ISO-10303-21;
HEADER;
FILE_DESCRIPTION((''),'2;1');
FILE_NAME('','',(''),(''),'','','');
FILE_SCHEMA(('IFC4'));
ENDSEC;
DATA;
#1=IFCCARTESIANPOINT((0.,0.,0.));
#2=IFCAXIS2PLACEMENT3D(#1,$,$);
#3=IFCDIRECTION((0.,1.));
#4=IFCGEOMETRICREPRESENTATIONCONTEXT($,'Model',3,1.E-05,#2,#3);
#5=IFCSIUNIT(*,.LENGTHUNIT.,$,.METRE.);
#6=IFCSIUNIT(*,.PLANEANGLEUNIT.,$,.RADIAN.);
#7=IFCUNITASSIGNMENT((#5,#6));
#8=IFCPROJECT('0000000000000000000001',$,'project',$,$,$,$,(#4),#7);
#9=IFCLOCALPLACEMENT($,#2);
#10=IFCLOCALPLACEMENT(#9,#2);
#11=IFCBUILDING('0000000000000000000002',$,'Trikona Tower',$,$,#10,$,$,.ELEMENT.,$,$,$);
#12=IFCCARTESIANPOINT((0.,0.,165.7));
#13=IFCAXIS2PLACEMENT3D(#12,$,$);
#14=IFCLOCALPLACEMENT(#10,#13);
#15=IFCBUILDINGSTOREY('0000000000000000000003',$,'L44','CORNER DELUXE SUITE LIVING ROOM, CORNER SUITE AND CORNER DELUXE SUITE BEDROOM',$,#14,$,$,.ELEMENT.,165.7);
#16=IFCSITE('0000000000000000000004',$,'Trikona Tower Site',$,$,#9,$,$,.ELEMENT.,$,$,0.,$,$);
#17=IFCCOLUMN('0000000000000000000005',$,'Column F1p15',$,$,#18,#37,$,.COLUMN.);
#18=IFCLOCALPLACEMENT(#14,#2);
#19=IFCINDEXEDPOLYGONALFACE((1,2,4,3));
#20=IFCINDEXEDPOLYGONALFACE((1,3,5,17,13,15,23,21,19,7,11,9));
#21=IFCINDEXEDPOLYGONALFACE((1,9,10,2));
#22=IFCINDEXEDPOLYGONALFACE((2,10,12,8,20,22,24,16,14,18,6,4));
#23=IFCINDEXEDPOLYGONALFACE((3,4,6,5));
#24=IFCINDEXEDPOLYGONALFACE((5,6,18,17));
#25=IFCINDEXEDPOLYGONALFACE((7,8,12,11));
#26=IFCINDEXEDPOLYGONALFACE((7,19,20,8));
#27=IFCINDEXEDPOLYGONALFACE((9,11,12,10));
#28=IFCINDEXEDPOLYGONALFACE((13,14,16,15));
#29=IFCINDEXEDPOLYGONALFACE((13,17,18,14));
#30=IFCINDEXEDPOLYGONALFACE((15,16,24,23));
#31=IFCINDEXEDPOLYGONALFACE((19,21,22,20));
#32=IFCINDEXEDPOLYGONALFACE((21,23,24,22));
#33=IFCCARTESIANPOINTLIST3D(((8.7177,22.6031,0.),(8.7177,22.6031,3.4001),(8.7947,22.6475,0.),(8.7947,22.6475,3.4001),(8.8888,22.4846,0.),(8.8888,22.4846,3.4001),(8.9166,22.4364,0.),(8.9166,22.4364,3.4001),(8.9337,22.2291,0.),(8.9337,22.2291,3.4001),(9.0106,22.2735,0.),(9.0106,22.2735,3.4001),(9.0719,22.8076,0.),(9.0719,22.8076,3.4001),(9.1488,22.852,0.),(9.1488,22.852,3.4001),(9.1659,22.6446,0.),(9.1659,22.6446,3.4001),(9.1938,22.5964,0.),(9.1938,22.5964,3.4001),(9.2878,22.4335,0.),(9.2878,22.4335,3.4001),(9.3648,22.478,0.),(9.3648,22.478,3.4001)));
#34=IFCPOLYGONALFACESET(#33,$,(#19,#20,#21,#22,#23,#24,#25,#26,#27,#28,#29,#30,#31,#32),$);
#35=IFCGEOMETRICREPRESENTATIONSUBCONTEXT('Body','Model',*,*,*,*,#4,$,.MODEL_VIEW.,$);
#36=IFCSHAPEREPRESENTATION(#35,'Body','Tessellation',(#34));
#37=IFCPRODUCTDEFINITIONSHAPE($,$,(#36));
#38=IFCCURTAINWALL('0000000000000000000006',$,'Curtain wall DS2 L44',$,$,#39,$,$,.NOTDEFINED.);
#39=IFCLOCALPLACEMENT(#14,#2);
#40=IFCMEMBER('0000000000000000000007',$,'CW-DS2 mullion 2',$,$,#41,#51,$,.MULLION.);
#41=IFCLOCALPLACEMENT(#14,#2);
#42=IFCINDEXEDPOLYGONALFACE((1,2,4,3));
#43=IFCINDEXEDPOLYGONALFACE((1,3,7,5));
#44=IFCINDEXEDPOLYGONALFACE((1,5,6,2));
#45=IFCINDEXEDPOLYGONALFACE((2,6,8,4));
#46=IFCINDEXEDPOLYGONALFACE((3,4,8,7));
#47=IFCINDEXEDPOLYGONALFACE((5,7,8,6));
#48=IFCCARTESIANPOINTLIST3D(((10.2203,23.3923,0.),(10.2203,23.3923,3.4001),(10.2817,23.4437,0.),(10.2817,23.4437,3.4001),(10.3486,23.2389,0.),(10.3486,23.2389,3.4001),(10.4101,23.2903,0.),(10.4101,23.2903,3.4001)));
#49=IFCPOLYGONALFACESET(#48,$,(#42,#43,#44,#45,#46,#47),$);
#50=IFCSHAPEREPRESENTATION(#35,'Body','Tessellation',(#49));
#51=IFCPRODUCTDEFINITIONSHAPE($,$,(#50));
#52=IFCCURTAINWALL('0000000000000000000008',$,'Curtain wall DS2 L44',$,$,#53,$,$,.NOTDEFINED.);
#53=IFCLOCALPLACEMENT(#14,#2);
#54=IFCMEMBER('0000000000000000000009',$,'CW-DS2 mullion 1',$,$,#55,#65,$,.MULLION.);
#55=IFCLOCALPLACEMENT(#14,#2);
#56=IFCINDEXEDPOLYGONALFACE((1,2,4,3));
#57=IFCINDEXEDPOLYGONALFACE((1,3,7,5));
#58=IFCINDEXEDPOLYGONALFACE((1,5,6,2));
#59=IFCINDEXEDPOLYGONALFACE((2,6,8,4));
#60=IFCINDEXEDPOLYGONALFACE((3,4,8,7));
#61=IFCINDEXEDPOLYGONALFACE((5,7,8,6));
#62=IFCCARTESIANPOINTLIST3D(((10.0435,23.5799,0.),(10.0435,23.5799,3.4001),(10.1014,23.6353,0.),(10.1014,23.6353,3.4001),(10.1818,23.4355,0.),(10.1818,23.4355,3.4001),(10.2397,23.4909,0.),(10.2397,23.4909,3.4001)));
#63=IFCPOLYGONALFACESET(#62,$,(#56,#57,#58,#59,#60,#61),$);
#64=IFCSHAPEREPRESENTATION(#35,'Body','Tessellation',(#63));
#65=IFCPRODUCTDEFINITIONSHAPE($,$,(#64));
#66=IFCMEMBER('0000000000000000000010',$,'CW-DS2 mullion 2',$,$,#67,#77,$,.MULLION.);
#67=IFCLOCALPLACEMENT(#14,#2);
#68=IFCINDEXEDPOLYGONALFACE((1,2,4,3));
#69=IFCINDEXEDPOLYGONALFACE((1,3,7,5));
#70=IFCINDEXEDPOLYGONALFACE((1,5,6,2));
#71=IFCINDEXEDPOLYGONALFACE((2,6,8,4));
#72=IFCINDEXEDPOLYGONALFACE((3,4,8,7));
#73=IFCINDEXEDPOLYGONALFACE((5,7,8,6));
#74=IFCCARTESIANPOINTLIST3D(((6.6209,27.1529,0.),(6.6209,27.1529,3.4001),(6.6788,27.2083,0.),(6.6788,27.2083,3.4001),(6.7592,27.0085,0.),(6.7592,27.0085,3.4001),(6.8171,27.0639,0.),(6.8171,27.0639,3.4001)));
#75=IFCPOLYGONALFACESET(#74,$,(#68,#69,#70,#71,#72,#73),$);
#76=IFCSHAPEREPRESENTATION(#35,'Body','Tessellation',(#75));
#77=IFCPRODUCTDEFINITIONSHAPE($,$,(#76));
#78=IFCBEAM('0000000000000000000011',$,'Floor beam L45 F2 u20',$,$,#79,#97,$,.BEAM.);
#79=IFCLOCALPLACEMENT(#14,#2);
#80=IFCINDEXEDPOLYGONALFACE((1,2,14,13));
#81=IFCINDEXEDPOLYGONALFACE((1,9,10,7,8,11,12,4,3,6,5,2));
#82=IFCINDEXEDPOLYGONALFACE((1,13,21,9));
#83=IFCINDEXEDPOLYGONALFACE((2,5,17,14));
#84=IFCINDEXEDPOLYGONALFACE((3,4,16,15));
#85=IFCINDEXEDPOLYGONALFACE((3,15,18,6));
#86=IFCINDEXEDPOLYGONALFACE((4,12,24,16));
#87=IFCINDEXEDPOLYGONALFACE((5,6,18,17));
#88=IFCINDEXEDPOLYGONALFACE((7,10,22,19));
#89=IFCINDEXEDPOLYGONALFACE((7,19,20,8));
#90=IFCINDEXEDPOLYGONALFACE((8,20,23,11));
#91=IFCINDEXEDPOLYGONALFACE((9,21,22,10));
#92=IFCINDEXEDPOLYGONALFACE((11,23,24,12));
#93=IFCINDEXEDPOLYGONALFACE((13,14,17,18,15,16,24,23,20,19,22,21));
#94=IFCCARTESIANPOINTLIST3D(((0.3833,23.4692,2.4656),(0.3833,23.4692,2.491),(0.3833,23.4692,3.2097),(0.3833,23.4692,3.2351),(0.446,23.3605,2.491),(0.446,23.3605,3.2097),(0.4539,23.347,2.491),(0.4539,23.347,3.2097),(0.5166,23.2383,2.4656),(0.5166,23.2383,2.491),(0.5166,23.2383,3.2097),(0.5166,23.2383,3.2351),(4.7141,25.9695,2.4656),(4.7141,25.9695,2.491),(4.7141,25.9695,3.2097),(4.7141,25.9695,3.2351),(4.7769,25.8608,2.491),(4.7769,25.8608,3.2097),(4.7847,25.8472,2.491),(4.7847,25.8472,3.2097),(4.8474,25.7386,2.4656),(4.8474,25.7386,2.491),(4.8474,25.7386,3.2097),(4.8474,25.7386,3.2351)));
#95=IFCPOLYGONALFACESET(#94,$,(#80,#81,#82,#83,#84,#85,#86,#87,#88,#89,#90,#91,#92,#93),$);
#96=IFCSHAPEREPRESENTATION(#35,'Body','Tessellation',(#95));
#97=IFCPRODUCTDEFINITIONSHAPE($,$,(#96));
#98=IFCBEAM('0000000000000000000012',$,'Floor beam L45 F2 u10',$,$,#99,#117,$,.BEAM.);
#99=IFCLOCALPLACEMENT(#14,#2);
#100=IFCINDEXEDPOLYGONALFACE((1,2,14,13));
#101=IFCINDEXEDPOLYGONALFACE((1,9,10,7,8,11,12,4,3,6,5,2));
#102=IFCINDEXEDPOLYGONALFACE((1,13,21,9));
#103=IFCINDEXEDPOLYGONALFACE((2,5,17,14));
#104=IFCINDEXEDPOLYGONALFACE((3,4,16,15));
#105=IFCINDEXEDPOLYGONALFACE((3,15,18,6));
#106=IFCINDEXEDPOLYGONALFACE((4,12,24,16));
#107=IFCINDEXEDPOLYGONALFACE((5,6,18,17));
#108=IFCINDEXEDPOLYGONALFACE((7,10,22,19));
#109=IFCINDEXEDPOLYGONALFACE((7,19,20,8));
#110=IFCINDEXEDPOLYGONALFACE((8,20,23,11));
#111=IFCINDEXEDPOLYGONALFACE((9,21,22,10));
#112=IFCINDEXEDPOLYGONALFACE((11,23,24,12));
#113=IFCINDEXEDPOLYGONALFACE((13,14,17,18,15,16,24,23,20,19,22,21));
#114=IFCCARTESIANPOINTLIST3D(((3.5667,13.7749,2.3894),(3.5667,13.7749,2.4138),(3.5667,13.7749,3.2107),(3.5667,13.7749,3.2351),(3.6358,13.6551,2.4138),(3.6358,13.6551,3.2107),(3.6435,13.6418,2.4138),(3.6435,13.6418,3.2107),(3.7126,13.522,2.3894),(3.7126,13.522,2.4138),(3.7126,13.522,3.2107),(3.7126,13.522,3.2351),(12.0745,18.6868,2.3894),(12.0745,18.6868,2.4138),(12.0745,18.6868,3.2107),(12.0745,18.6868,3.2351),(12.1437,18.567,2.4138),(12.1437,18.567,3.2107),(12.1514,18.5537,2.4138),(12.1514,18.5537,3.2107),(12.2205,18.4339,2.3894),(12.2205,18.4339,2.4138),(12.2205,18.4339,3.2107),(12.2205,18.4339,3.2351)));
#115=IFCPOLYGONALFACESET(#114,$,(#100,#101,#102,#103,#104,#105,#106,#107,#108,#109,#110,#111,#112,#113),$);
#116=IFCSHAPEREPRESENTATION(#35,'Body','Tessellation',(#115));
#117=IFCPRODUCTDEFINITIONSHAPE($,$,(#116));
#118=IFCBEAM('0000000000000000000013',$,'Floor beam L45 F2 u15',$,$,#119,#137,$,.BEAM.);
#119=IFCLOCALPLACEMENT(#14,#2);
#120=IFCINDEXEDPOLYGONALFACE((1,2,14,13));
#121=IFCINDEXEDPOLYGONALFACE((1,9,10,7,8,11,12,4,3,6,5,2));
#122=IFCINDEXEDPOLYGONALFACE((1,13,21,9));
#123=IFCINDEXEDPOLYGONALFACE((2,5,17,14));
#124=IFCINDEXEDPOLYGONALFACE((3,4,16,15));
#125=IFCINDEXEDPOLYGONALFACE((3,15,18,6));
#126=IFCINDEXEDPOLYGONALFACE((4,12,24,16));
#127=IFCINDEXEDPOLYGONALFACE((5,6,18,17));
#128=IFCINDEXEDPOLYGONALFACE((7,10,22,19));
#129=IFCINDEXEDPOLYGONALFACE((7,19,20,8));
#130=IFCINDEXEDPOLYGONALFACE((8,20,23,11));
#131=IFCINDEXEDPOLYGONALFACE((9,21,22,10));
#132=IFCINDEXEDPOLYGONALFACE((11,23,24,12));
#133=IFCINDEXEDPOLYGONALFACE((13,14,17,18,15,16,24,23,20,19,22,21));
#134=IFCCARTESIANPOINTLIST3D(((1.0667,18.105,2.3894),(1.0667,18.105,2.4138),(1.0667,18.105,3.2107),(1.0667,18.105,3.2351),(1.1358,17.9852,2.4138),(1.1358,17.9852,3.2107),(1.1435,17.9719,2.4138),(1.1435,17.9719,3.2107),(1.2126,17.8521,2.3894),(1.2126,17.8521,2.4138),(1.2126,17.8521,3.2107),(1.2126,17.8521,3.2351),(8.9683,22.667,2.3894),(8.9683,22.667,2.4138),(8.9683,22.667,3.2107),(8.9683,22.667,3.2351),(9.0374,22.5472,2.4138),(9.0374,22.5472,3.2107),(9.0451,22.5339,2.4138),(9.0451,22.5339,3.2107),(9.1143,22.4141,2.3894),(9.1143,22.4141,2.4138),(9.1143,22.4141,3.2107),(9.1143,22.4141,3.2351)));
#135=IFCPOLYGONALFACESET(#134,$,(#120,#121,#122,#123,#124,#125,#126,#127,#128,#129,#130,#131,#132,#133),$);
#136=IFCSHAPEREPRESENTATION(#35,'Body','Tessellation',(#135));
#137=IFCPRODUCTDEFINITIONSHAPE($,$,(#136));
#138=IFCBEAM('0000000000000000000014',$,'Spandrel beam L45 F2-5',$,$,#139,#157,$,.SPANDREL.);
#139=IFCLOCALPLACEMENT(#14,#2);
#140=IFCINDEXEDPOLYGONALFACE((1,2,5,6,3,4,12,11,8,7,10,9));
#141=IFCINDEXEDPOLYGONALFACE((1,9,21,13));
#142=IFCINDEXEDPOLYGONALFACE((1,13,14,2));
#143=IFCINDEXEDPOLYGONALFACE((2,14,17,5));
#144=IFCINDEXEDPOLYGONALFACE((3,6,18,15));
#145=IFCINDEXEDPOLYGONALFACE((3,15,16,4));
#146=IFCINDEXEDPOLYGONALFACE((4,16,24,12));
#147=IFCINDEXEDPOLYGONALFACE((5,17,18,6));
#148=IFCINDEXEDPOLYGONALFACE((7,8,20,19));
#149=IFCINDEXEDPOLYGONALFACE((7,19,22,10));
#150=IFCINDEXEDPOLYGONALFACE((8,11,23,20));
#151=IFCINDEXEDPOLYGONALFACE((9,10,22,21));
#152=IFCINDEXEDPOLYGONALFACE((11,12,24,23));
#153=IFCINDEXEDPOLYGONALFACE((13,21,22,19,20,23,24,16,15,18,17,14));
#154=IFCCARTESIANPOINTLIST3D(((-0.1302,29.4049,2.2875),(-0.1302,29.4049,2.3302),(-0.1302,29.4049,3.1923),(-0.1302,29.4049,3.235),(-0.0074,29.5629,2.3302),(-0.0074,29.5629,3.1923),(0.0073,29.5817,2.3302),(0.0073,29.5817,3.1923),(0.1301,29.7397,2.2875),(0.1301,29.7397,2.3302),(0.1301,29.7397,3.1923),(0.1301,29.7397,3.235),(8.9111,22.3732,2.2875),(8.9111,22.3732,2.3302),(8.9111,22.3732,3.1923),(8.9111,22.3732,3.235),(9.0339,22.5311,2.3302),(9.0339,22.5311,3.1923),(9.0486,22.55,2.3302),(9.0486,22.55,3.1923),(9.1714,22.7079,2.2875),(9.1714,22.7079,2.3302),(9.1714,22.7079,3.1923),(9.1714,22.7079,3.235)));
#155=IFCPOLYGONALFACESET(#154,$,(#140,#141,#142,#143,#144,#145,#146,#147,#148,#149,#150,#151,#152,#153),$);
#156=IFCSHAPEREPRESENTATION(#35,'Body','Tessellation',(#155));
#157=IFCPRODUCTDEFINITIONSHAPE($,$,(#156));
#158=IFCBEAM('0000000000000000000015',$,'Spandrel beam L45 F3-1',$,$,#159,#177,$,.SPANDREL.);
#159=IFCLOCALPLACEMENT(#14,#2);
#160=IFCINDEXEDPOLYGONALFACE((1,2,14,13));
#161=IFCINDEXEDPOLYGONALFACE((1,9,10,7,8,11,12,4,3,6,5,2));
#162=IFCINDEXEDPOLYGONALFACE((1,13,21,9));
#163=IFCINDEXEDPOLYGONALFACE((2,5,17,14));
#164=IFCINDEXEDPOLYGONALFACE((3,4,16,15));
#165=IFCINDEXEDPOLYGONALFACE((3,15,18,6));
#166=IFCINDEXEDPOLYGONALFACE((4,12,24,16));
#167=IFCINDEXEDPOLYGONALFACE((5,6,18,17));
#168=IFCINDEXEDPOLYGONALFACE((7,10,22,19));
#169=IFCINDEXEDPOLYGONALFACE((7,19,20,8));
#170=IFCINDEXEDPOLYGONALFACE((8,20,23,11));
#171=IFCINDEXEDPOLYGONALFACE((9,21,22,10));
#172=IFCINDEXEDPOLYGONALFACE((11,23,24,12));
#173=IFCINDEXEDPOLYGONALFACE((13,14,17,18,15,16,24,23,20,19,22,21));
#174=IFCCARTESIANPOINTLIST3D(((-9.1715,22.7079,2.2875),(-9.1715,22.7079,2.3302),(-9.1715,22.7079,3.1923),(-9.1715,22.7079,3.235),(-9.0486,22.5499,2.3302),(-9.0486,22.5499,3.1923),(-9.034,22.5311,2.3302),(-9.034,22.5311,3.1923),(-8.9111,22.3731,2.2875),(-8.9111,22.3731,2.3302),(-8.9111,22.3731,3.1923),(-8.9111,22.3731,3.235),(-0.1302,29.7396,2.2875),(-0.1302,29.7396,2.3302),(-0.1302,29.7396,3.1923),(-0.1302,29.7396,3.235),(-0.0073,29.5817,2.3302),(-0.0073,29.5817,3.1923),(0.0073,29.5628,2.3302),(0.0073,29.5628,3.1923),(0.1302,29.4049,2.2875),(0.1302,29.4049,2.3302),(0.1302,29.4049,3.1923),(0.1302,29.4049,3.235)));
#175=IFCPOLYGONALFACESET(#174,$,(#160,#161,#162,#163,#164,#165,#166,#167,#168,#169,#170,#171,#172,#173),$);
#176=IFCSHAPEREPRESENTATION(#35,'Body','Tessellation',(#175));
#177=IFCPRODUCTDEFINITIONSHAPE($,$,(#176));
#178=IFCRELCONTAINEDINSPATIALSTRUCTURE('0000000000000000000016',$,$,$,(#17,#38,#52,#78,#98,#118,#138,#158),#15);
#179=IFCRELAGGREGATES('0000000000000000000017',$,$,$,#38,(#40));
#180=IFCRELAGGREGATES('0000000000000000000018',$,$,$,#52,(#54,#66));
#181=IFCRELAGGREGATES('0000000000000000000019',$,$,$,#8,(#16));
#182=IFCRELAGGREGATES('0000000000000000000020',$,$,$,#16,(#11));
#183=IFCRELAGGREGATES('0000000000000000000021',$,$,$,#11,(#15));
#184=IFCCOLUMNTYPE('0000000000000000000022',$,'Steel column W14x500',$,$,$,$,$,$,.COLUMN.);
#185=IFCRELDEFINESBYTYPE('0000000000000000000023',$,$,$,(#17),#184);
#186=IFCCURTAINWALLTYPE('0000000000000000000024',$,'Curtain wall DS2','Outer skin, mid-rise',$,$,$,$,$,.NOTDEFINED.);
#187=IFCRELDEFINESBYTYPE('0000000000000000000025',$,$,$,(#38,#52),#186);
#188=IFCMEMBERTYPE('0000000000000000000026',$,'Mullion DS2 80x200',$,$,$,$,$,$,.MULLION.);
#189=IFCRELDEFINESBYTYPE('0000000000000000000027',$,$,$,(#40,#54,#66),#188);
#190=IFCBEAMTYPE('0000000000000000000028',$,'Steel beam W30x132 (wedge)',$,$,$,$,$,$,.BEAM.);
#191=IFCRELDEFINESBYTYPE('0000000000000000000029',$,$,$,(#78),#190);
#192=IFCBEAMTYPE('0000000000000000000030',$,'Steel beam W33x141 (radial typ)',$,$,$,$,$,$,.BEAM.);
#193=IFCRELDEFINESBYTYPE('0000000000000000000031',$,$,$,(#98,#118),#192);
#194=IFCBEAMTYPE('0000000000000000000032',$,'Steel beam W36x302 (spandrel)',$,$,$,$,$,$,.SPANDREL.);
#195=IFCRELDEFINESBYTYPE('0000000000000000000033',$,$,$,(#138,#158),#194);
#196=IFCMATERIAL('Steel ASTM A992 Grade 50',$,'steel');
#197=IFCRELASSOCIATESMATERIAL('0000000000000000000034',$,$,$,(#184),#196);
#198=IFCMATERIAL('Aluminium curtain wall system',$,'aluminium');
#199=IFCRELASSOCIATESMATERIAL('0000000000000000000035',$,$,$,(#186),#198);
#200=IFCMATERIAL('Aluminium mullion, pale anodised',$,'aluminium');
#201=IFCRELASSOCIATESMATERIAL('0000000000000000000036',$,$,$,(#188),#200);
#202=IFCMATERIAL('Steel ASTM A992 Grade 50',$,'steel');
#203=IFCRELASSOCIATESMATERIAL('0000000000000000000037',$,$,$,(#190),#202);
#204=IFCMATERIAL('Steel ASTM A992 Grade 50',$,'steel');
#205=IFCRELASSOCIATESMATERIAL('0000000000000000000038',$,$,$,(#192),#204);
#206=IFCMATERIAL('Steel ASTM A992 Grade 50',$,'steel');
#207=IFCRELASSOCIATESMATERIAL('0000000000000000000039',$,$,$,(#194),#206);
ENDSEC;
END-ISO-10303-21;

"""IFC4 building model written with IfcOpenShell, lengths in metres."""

from ifc_helpers import new_model, si_unit, direction, frame, origin, origin_2d, place, context, subcontext, project, spatial, rectangle, i_section, extrude, material, material_profile, profile_set, type_object, element, aggregate, save


model = new_model("IFC4")

# Units and contexts
model_context = context("Model", 3, precision=1e-05, world=origin(), true_north=direction((0.0, 1.0)))
body_context = subcontext(model_context, "Body", "Model", "MODEL_VIEW")
ifc_project = project(units=[si_unit("LENGTHUNIT", "METRE"), si_unit("PLANEANGLEUNIT", "RADIAN")], contexts=[model_context])

# Site, building, storey
site_placement = place(None, origin())
site = spatial("IfcSite", under=ifc_project, at=site_placement, Name="Trikona Tower Site", CompositionType="ELEMENT", RefElevation=0.0)
building_placement = place(site_placement, origin())
building = spatial("IfcBuilding", under=site, at=building_placement, Name="Trikona Tower", CompositionType="ELEMENT")
storey_placement = place(building_placement, frame((0.0, 0.0, 165.7)))
storey = spatial("IfcBuildingStorey", under=building, at=storey_placement, Name="L44", Description="CORNER DELUXE SUITE LIVING ROOM, CORNER SUITE AND CORNER DELUXE SUITE BEDROOM", CompositionType="ELEMENT", Elevation=165.7)

# Column
ifc_material_1 = material(Name="Steel ASTM A992 Grade 50", Category="steel")
ifc_material_profile_1 = material_profile(ifc_material_1, i_section(OverallWidth=0.4319, OverallDepth=0.4978, WebThickness=0.0557, FlangeThickness=0.0889, at=origin_2d()), Name="W14X500")
ifc_profile_set_1 = profile_set([ifc_material_profile_1], Name="Steel ASTM A992 Grade 50")
column_type = type_object("IfcColumnType", Name="Steel column W14x500", PredefinedType="COLUMN", material=ifc_profile_set_1)
column_placement = place(storey_placement, frame((9.0413, 22.5405, 0.0), z_axis=(0.0, 0.0, 1.0), x_axis=(-0.5, 0.866025, 0.0)))
element("IfcColumn", 1, at=column_placement, inside=storey, type_object=column_type, Name="Column F1p15", PredefinedType="COLUMN", context=body_context, shape_type="SweptSolid", body=[
    extrude(i_section(OverallWidth=0.4319, OverallDepth=0.4978, WebThickness=0.0557, FlangeThickness=0.0889, at=origin_2d()), origin(), (0.0, 0.0, 1.0), 3.4001),
])

# Curtain wall, member
ifc_material_2 = material(Name="Aluminium curtain wall system", Category="aluminium")
curtain_wall_type = type_object("IfcCurtainWallType", Name="Curtain wall DS2", Description="Outer skin, mid-rise", PredefinedType="NOTDEFINED", material=ifc_material_2)
curtain_wall_1_placement = place(storey_placement, origin())
curtain_wall_1 = element("IfcCurtainWall", 2, at=curtain_wall_1_placement, inside=storey, type_object=curtain_wall_type, Name="Curtain wall DS2 L44", PredefinedType="NOTDEFINED")
ifc_material_3 = material(Name="Aluminium mullion, pale anodised", Category="aluminium")
ifc_material_profile_2 = material_profile(ifc_material_3, rectangle(XDim=0.0801, YDim=0.2, at=origin_2d()), Name="MUL-DS2")
ifc_profile_set_2 = profile_set([ifc_material_profile_2], Name="Aluminium mullion, pale anodised")
member_type_1 = type_object("IfcMemberType", Name="Mullion DS2 80x200", PredefinedType="MULLION", material=ifc_profile_set_2)
member_1_placement = place(storey_placement, frame((10.3152, 23.3413, 0.0), z_axis=(0.0, 0.0, 1.0), x_axis=(-0.766867, -0.641806, 0.0)))
member_1 = element("IfcMember", 3, at=member_1_placement, type_object=member_type_1, Name="CW-DS2 mullion 2", PredefinedType="MULLION", context=body_context, shape_type="SweptSolid", body=[
    extrude(rectangle(XDim=0.0801, YDim=0.2, at=origin_2d()), origin(), (0.0, 0.0, 1.0), 3.4001),
])
aggregate(curtain_wall_1, [member_1])

# Curtain wall, members
curtain_wall_2_placement = place(storey_placement, origin())
curtain_wall_2 = element("IfcCurtainWall", 4, at=curtain_wall_2_placement, inside=storey, type_object=curtain_wall_type, Name="Curtain wall DS2 L44", PredefinedType="NOTDEFINED")
member_2_placement = place(storey_placement, frame((10.1416, 23.5354, 0.0), z_axis=(0.0, 0.0, 1.0), x_axis=(-0.722158, -0.691728, 0.0)))
member_2 = element("IfcMember", 5, at=member_2_placement, type_object=member_type_1, Name="CW-DS2 mullion 1", PredefinedType="MULLION", context=body_context, shape_type="SweptSolid", body=[
    extrude(rectangle(XDim=0.0801, YDim=0.2, at=origin_2d()), origin(), (0.0, 0.0, 1.0), 3.4001),
])
member_3_placement = place(storey_placement, frame((6.719, 27.1084, 0.0), z_axis=(0.0, 0.0, 1.0), x_axis=(-0.722158, -0.691728, 0.0)))
member_3 = element("IfcMember", 6, at=member_3_placement, type_object=member_type_1, Name="CW-DS2 mullion 2", PredefinedType="MULLION", context=body_context, shape_type="SweptSolid", body=[
    extrude(rectangle(XDim=0.0801, YDim=0.2, at=origin_2d()), origin(), (0.0, 0.0, 1.0), 3.4001),
])

# Beams
ifc_material_4 = material(Name="Steel ASTM A992 Grade 50", Category="steel")
ifc_material_profile_3 = material_profile(ifc_material_4, i_section(OverallWidth=0.2666, OverallDepth=0.7695, WebThickness=0.0156, FlangeThickness=0.0254, at=origin_2d()), Name="W30X132")
ifc_profile_set_3 = profile_set([ifc_material_profile_3], Name="Steel ASTM A992 Grade 50")
beam_type_1 = type_object("IfcBeamType", Name="Steel beam W30x132 (wedge)", PredefinedType="BEAM", material=ifc_profile_set_3)
beam_1_placement = place(storey_placement, frame((0.45, 23.3538, 2.8503), z_axis=(0.866038, 0.499977, 0.0), x_axis=(-0.499977, 0.866038, 0.0)))
element("IfcBeam", 7, at=beam_1_placement, inside=storey, type_object=beam_type_1, Name="Floor beam L45 F2 u20", PredefinedType="BEAM", context=body_context, shape_type="SweptSolid", body=[
    extrude(i_section(OverallWidth=0.2666, OverallDepth=0.7695, WebThickness=0.0156, FlangeThickness=0.0254, at=origin_2d()), origin(), (0.0, 0.0, 1.0), 5.0007),
])
ifc_material_5 = material(Name="Steel ASTM A992 Grade 50", Category="steel")
ifc_material_profile_4 = material_profile(ifc_material_5, i_section(OverallWidth=0.292, OverallDepth=0.8457, WebThickness=0.0154, FlangeThickness=0.0244, at=origin_2d()), Name="W33X141")
ifc_profile_set_4 = profile_set([ifc_material_profile_4], Name="Steel ASTM A992 Grade 50")
beam_type_2 = type_object("IfcBeamType", Name="Steel beam W33x141 (radial typ)", PredefinedType="BEAM", material=ifc_profile_set_4)
beam_2_placement = place(storey_placement, frame((3.6396, 13.6484, 2.8123), z_axis=(0.866031, 0.499991, 0.0), x_axis=(-0.499991, 0.866031, 0.0)))
element("IfcBeam", 8, at=beam_2_placement, inside=storey, type_object=beam_type_2, Name="Floor beam L45 F2 u10", PredefinedType="BEAM", context=body_context, shape_type="SweptSolid", body=[
    extrude(i_section(OverallWidth=0.292, OverallDepth=0.8457, WebThickness=0.0154, FlangeThickness=0.0244, at=origin_2d()), origin(), (0.0, 0.0, 1.0), 9.824),
])
beam_3_placement = place(storey_placement, frame((1.1396, 17.9785, 2.8123), z_axis=(0.866025, 0.500001, 0.0), x_axis=(-0.500001, 0.866025, 0.0)))
element("IfcBeam", 9, at=beam_3_placement, inside=storey, type_object=beam_type_2, Name="Floor beam L45 F2 u15", PredefinedType="BEAM", context=body_context, shape_type="SweptSolid", body=[
    extrude(i_section(OverallWidth=0.292, OverallDepth=0.8457, WebThickness=0.0154, FlangeThickness=0.0244, at=origin_2d()), origin(), (0.0, 0.0, 1.0), 9.124),
])
ifc_material_6 = material(Name="Steel ASTM A992 Grade 50", Category="steel")
ifc_material_profile_5 = material_profile(ifc_material_6, i_section(OverallWidth=0.4241, OverallDepth=0.9475, WebThickness=0.0239, FlangeThickness=0.0427, at=origin_2d()), Name="W36X302")
ifc_profile_set_5 = profile_set([ifc_material_profile_5], Name="Steel ASTM A992 Grade 50")
beam_type_3 = type_object("IfcBeamType", Name="Steel beam W36x302 (spandrel)", PredefinedType="SPANDREL", material=ifc_profile_set_5)
for number, where, z_axis, x_axis, name in (
    (10, (9.0413, 22.5405, 2.7612), (-0.789367, 0.613921, 0.0), (-0.613921, -0.789367, 0.0), "Spandrel beam L45 F2-5"),
    (11, (0.0, 29.5723, 2.7612), (-0.789367, -0.613921, 0.0), (0.613921, -0.789367, 0.0), "Spandrel beam L45 F3-1"),
):
    element("IfcBeam", number, at=place(storey_placement, frame(where, z_axis=z_axis, x_axis=x_axis)), inside=storey, type_object=beam_type_3, Name=name, PredefinedType="SPANDREL", context=body_context, shape_type="SweptSolid", body=[
        extrude(i_section(OverallWidth=0.4241, OverallDepth=0.9475, WebThickness=0.0239, FlangeThickness=0.0427, at=origin_2d()), origin(), (0.0, 0.0, 1.0), 11.4539),
    ])

aggregate(curtain_wall_2, [member_2, member_3])

save(model, "model.ifc")
